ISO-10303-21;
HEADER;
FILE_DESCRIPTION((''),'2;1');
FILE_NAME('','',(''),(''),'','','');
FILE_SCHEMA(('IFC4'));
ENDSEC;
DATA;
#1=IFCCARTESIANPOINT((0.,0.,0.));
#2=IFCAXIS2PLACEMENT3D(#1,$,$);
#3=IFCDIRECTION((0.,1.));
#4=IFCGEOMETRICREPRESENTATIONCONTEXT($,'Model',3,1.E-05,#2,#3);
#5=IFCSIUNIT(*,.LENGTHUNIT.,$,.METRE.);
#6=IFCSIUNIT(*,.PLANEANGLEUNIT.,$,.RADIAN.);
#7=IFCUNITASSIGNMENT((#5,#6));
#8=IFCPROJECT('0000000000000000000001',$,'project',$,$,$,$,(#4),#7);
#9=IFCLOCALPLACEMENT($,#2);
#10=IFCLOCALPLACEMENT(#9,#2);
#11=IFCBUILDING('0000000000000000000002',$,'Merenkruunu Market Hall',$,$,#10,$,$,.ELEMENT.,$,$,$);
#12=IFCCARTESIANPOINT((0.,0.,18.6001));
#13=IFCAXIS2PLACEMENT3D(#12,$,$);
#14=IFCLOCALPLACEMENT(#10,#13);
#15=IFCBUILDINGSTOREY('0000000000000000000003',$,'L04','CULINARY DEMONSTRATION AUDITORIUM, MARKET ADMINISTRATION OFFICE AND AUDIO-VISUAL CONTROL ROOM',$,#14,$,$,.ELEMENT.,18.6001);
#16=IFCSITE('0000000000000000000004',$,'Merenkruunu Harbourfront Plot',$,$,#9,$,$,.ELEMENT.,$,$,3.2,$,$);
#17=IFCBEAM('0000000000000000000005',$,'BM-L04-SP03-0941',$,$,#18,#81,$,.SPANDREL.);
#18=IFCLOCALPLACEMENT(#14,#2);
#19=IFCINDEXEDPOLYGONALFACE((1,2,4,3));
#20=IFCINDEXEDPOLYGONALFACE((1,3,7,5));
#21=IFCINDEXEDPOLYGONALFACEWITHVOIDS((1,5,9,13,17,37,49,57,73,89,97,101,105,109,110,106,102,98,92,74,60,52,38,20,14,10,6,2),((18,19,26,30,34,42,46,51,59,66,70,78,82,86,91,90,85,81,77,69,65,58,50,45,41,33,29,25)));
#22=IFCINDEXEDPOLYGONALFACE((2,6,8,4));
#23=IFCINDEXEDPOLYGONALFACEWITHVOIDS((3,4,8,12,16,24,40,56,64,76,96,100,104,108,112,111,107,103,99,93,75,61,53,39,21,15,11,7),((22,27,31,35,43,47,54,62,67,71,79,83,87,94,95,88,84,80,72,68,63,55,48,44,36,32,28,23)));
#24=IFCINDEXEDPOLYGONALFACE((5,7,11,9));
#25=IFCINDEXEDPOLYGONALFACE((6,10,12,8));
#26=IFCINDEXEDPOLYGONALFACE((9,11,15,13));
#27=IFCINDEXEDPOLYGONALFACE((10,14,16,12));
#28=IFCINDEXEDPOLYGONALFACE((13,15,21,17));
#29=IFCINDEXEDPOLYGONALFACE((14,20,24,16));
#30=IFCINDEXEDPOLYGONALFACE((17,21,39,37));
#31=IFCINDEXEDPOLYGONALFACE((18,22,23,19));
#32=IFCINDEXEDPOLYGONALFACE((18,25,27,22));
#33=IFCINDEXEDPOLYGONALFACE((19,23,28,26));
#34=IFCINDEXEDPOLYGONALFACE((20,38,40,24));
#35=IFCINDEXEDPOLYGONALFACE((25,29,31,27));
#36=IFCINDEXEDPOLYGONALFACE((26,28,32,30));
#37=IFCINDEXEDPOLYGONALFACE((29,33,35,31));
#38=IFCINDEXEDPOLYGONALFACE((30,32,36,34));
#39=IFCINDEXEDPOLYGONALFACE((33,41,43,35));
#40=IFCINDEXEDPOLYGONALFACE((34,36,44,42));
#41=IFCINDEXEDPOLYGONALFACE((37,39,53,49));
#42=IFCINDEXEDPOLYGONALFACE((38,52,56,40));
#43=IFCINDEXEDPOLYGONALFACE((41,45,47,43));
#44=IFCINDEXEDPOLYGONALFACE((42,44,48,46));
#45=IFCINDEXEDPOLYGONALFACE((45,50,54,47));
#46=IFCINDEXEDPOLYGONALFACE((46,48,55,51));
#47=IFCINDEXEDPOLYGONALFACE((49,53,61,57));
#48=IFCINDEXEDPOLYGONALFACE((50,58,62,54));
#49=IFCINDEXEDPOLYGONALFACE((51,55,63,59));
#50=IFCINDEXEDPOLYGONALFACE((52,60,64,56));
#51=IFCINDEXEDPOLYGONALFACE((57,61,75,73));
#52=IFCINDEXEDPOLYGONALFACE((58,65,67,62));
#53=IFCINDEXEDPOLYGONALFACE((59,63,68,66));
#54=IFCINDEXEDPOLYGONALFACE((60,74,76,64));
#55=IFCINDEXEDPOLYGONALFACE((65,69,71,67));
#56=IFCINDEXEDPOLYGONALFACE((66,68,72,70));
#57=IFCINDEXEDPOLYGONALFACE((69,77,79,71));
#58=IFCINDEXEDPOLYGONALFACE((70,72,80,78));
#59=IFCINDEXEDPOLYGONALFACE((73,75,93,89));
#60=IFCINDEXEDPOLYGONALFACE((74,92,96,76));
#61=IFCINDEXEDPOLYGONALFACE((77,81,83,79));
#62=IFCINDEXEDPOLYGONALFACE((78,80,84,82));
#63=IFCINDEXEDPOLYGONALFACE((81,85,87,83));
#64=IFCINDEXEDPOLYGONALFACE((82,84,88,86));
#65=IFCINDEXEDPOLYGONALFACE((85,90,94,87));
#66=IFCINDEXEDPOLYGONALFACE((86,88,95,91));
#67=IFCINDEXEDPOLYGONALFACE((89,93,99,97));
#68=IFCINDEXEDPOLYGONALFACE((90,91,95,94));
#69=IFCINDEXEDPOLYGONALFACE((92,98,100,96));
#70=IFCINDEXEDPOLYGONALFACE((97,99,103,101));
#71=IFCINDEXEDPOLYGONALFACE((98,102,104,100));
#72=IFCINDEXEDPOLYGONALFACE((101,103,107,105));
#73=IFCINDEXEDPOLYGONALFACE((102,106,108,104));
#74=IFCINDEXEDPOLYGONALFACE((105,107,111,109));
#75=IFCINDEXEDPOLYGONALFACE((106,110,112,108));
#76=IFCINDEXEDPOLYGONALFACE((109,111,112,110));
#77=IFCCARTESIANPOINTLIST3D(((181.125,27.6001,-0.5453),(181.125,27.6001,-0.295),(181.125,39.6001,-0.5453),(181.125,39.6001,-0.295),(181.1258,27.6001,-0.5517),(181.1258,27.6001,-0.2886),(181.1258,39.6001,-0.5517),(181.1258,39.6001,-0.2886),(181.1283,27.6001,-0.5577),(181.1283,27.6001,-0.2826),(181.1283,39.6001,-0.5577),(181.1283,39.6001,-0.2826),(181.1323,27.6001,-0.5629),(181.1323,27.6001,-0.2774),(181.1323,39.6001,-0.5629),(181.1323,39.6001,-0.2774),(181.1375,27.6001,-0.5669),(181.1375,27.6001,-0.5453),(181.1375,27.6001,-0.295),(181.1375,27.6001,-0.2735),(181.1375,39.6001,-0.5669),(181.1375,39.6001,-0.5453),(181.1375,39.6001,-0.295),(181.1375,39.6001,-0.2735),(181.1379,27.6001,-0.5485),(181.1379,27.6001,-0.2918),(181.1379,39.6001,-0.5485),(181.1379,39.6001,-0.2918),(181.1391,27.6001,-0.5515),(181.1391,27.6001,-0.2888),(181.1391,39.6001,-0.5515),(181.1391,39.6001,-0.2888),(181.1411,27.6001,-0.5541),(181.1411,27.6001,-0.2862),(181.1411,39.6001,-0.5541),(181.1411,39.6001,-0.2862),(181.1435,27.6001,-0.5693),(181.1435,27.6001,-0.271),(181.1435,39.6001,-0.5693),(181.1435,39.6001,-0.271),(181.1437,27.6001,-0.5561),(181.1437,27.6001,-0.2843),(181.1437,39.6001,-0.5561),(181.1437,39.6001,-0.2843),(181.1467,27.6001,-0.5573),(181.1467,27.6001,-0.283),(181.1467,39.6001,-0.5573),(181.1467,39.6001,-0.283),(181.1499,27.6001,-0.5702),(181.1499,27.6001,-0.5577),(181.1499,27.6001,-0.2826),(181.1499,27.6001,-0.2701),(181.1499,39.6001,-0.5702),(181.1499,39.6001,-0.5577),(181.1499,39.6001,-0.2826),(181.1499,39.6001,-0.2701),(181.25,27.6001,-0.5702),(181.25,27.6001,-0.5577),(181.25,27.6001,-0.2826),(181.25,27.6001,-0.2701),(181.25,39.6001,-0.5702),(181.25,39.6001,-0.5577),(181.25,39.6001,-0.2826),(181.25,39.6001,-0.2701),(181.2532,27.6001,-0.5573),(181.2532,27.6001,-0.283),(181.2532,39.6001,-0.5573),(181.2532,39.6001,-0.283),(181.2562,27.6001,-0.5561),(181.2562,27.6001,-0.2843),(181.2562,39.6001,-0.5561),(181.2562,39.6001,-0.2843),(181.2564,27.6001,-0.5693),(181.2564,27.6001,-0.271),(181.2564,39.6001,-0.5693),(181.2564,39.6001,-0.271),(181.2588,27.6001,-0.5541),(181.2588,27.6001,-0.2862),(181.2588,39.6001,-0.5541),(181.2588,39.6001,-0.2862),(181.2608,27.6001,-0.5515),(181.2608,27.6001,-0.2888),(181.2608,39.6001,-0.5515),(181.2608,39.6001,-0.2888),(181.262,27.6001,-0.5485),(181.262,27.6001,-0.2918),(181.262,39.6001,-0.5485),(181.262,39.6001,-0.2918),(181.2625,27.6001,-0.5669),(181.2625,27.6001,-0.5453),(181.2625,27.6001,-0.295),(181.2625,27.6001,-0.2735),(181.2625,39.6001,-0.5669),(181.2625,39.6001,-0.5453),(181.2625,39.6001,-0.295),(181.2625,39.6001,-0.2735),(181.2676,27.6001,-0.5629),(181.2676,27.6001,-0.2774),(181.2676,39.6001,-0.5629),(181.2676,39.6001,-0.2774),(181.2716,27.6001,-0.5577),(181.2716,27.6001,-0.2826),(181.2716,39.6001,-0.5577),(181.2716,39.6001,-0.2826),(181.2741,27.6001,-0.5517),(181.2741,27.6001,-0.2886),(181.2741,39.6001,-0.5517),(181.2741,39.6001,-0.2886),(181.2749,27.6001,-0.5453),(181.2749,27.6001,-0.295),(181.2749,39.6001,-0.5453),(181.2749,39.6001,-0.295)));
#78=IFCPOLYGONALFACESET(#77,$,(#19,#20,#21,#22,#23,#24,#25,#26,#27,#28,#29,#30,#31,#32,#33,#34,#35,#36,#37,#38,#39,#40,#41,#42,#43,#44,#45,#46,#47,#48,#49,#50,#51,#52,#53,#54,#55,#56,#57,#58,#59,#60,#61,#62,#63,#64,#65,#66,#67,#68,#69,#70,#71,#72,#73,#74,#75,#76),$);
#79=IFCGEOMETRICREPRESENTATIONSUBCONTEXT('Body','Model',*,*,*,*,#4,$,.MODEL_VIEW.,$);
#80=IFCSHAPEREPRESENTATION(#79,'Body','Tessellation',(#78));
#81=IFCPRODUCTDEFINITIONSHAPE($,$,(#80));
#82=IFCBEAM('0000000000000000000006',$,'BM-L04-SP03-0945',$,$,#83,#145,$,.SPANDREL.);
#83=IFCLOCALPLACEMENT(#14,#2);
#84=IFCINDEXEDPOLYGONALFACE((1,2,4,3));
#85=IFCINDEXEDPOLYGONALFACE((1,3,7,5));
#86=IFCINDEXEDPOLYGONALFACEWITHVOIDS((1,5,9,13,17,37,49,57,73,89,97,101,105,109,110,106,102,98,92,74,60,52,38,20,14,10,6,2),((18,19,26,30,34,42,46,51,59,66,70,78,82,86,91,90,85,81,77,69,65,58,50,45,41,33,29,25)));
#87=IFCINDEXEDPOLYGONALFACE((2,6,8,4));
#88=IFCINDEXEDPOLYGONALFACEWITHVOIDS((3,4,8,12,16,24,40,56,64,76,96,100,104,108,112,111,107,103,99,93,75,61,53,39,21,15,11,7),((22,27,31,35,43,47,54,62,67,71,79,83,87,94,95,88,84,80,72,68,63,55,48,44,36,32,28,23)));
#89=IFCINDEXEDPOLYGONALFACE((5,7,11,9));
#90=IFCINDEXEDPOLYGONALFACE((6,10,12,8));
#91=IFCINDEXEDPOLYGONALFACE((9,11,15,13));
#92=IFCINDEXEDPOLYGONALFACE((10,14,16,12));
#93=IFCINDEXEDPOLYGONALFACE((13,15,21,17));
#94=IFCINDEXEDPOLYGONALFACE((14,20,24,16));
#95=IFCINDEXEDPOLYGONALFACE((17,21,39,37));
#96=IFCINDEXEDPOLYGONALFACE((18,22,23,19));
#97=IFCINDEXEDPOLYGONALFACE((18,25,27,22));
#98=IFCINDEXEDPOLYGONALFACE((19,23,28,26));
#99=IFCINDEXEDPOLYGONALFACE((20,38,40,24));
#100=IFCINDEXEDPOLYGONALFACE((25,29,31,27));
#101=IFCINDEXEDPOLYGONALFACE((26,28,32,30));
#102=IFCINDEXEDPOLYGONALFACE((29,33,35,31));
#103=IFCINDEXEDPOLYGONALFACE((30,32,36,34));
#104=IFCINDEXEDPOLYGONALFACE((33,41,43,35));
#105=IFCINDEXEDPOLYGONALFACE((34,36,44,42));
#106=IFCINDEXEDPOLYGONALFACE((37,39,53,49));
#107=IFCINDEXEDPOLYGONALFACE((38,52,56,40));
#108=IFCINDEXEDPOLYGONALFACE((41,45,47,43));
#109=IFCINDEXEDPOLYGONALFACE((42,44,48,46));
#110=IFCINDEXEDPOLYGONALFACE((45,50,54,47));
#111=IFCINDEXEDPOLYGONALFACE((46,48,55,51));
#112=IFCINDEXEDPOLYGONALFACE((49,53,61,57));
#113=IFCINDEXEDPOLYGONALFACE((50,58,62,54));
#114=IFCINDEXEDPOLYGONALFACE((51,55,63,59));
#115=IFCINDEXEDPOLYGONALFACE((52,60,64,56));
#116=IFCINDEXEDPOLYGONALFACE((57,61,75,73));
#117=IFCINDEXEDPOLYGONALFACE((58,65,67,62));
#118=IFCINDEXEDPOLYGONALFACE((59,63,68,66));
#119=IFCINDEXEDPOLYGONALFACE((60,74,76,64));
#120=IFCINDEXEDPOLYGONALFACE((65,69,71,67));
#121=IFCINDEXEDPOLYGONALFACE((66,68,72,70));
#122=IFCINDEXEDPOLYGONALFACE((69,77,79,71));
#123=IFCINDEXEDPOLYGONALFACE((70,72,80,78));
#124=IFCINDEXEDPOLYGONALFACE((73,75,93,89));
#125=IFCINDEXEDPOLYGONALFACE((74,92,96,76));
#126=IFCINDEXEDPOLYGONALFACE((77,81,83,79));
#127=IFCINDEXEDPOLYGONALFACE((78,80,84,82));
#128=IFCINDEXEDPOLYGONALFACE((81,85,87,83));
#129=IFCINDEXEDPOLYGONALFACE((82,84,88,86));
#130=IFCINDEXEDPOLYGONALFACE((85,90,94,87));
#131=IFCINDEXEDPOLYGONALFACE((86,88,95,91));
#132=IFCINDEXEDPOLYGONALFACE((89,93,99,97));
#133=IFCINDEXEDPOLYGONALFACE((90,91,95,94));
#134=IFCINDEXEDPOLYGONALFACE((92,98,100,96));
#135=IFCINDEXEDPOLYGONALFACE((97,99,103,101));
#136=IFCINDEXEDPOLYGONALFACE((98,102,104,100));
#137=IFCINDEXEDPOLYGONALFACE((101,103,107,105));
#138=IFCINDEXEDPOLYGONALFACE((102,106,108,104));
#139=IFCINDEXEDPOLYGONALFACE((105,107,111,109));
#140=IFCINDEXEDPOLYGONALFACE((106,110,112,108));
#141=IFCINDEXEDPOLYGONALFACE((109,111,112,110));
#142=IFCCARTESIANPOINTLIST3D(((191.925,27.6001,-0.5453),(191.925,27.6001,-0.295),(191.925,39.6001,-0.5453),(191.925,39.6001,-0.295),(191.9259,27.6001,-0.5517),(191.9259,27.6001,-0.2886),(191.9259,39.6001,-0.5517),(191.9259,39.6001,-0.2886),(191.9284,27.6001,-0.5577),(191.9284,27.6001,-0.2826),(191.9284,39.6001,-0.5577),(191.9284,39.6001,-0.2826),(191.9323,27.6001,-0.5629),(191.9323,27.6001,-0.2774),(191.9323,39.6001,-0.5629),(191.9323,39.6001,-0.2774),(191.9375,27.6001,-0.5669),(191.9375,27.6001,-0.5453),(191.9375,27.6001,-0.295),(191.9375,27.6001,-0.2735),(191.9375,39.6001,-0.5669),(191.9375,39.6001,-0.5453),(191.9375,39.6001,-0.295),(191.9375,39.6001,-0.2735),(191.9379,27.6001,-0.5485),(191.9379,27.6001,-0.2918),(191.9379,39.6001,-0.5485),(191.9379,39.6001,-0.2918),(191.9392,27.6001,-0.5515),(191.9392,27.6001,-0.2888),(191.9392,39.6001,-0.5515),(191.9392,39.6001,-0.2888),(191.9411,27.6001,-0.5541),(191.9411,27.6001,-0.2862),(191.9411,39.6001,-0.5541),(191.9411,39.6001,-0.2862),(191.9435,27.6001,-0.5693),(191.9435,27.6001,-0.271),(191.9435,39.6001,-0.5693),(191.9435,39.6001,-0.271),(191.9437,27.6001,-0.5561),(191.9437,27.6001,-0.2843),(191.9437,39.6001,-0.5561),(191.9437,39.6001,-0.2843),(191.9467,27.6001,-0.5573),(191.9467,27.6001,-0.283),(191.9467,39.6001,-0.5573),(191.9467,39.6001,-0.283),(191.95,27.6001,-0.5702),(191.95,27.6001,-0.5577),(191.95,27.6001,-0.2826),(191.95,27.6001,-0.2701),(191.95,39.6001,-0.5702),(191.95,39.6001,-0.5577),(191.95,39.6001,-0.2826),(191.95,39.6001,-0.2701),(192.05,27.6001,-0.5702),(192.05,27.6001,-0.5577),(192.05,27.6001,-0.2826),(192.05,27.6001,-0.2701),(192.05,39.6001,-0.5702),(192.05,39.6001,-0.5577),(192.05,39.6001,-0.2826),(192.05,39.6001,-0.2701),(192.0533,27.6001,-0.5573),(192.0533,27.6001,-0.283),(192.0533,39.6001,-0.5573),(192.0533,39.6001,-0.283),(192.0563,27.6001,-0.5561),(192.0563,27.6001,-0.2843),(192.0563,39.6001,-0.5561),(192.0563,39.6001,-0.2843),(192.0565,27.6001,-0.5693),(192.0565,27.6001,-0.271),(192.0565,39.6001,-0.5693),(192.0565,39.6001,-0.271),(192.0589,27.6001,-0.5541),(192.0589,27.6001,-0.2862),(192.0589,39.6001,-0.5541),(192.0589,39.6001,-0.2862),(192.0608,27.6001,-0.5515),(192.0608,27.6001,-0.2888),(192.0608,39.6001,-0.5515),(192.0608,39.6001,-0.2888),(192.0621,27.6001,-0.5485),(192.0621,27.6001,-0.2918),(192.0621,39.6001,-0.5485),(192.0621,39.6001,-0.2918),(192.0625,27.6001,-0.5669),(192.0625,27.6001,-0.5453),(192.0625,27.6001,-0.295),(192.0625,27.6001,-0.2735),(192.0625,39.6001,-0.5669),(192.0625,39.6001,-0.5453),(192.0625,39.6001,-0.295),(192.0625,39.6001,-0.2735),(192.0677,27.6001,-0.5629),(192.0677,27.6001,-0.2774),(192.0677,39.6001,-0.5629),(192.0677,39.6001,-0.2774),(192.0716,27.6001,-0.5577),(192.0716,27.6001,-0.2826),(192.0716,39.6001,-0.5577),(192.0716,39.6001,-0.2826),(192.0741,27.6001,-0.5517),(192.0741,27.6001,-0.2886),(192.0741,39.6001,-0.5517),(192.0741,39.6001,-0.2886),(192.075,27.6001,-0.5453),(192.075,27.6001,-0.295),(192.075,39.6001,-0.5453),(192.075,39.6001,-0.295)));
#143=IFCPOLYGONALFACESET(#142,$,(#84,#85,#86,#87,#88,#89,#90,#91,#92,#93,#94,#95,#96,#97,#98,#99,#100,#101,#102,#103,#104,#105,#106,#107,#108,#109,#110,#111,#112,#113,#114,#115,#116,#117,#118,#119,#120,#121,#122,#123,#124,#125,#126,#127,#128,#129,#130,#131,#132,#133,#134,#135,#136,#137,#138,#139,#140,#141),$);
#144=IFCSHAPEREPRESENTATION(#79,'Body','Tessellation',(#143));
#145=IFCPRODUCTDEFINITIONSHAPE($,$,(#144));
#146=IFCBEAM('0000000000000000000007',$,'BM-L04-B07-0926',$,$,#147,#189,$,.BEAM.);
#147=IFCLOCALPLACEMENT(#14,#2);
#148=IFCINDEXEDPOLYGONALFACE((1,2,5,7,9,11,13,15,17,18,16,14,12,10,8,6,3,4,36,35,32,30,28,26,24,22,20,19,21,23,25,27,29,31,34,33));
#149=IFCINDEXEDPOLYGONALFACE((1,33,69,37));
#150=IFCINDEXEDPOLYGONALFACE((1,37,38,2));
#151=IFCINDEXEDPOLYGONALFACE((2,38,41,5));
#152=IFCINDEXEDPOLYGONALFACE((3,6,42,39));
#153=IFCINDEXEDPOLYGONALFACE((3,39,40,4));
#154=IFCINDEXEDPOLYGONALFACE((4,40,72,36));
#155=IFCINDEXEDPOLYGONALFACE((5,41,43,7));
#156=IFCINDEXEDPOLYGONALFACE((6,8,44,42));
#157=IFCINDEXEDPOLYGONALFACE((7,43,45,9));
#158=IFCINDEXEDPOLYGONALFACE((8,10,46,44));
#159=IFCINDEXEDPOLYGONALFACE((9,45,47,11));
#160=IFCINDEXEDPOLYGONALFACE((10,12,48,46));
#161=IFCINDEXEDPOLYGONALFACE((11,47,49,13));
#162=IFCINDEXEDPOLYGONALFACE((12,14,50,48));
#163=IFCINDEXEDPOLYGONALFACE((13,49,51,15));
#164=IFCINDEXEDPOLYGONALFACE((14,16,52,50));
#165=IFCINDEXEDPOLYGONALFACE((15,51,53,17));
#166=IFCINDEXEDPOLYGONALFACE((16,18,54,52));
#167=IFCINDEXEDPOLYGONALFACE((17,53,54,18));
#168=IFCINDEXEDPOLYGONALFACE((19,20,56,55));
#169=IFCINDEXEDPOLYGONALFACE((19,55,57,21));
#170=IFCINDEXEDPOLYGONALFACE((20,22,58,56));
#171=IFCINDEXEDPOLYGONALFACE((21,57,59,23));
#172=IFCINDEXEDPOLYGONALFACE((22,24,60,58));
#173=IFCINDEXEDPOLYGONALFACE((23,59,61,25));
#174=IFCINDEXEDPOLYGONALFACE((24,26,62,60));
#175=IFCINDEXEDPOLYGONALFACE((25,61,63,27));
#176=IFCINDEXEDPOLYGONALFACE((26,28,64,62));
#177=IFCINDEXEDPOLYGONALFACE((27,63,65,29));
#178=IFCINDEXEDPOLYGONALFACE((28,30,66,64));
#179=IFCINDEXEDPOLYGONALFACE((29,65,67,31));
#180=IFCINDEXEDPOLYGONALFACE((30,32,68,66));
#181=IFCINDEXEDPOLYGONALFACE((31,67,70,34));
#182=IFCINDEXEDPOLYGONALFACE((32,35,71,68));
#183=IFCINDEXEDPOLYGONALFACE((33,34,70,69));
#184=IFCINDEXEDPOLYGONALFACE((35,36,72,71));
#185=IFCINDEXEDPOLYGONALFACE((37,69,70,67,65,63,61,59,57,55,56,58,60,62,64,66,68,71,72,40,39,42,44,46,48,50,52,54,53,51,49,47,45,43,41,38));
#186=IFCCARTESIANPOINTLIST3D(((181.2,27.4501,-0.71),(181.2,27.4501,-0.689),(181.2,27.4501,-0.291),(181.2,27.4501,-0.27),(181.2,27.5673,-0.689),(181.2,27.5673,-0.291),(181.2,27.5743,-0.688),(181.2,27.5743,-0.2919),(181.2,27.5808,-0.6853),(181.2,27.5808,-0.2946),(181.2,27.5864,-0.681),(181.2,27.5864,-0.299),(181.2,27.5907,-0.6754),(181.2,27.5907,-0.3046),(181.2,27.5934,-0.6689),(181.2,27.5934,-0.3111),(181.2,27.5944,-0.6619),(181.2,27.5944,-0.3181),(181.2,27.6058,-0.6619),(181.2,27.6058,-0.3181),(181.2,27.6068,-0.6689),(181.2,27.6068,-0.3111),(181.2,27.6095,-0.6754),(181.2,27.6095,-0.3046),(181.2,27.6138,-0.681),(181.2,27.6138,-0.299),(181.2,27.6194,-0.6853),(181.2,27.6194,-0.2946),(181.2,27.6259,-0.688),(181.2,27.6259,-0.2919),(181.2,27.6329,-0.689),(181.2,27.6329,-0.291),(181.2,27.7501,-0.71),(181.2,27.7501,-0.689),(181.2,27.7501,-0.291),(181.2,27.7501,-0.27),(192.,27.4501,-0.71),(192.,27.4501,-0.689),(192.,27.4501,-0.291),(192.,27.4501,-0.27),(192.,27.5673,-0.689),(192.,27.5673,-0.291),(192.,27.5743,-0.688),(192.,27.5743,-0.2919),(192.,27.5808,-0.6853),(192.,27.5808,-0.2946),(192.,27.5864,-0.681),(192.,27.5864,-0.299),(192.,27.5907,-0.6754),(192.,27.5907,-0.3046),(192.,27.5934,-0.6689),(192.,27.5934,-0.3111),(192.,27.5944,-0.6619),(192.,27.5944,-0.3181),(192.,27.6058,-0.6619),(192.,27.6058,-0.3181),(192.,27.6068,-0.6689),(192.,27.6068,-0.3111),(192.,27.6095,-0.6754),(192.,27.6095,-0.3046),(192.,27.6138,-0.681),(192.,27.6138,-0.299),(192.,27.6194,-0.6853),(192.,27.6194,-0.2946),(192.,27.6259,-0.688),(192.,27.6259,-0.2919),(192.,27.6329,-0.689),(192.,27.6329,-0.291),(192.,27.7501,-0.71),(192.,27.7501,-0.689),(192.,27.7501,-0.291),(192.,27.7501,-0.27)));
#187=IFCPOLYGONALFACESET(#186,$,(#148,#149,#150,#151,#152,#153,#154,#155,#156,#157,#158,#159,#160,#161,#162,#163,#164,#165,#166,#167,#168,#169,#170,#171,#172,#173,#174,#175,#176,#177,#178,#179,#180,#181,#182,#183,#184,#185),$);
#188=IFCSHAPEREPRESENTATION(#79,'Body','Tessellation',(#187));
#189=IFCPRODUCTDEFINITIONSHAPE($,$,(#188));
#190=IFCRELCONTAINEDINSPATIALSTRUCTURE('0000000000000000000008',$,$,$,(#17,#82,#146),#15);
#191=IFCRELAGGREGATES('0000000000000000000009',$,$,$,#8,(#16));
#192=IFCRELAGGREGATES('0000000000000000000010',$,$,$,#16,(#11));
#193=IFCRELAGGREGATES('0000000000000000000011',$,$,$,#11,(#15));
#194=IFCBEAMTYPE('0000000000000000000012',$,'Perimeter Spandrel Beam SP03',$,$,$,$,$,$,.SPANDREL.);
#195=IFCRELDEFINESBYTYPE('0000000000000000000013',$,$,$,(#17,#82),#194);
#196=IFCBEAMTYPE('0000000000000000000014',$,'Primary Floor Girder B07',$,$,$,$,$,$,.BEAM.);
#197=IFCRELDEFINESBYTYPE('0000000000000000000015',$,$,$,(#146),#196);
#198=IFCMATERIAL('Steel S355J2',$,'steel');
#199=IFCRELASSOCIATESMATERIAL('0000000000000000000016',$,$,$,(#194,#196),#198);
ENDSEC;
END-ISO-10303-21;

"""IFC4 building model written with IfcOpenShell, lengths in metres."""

from ifc_helpers import new_model, si_unit, direction, frame, origin, origin_2d, place, context, subcontext, project, spatial, hollow_rectangle, i_section, extrude, material, material_profile, profile_set, type_object, element, save


model = new_model("IFC4")

# Units and contexts
model_context = context("Model", 3, precision=1e-05, world=origin(), true_north=direction((0.0, 1.0)))
body_context = subcontext(model_context, "Body", "Model", "MODEL_VIEW")
ifc_project = project(units=[si_unit("LENGTHUNIT", "METRE"), si_unit("PLANEANGLEUNIT", "RADIAN")], contexts=[model_context])

# Site, building, storey
site_placement = place(None, origin())
site = spatial("IfcSite", under=ifc_project, at=site_placement, Name="Merenkruunu Harbourfront Plot", CompositionType="ELEMENT", RefElevation=3.2)
building_placement = place(site_placement, origin())
building = spatial("IfcBuilding", under=site, at=building_placement, Name="Merenkruunu Market Hall", CompositionType="ELEMENT")
storey_placement = place(building_placement, frame((0.0, 0.0, 18.6001)))
storey = spatial("IfcBuildingStorey", under=building, at=storey_placement, Name="L04", Description="CULINARY DEMONSTRATION AUDITORIUM, MARKET ADMINISTRATION OFFICE AND AUDIO-VISUAL CONTROL ROOM", CompositionType="ELEMENT", Elevation=18.6001)

# Shared definitions
ifc_material_1 = material(Name="Steel S355J2", Category="steel")

# Beams
ifc_material_profile_1 = material_profile(ifc_material_1, hollow_rectangle(XDim=0.1499, YDim=0.3, WallThickness=0.0125, InnerFilletRadius=0.0125, OuterFilletRadius=0.0249, at=origin_2d()), Name="RHS 300x150x12.5")
ifc_profile_set_1 = profile_set([ifc_material_profile_1], Name="Steel S355J2")
beam_type_1 = type_object("IfcBeamType", Name="Perimeter Spandrel Beam SP03", PredefinedType="SPANDREL", material=ifc_profile_set_1)
for number, where, z_axis, x_axis, name in (
    (1, (181.2, 27.6001, -0.4202), (0.0, 1.0, 0.0), (-1.0, 0.0, 0.0), "BM-L04-SP03-0941"),
    (2, (192.0, 27.6001, -0.4202), (0.0, 1.0, 0.0), (-1.0, 0.0, 0.0), "BM-L04-SP03-0945"),
):
    element("IfcBeam", number, at=place(storey_placement, frame(where, z_axis=z_axis, x_axis=x_axis)), inside=storey, type_object=beam_type_1, Name=name, PredefinedType="SPANDREL", context=body_context, shape_type="SweptSolid", body=[
        extrude(hollow_rectangle(XDim=0.1499, YDim=0.3, WallThickness=0.0125, InnerFilletRadius=0.0125, OuterFilletRadius=0.0249, at=origin_2d()), origin(), (0.0, 0.0, 1.0), 12.0),
    ])
ifc_material_profile_2 = material_profile(ifc_material_1, i_section(OverallWidth=0.3, OverallDepth=0.4399, WebThickness=0.0115, FlangeThickness=0.021, FilletRadius=0.0271, at=origin_2d()), Name="HEA 450")
ifc_profile_set_2 = profile_set([ifc_material_profile_2], Name="Steel S355J2")
beam_type_2 = type_object("IfcBeamType", Name="Primary Floor Girder B07", PredefinedType="BEAM", material=ifc_profile_set_2)
beam_1_placement = place(storey_placement, frame((181.2, 27.6001, -0.49), z_axis=(1.0, 0.0, 0.0), x_axis=(0.0, 1.0, 0.0)))
element("IfcBeam", 3, at=beam_1_placement, inside=storey, type_object=beam_type_2, Name="BM-L04-B07-0926", PredefinedType="BEAM", context=body_context, shape_type="SweptSolid", body=[
    extrude(i_section(OverallWidth=0.3, OverallDepth=0.4399, WebThickness=0.0115, FlangeThickness=0.021, FilletRadius=0.0271, at=origin_2d()), origin(), (0.0, 0.0, 1.0), 10.8),
])

save(model, "model.ifc")
